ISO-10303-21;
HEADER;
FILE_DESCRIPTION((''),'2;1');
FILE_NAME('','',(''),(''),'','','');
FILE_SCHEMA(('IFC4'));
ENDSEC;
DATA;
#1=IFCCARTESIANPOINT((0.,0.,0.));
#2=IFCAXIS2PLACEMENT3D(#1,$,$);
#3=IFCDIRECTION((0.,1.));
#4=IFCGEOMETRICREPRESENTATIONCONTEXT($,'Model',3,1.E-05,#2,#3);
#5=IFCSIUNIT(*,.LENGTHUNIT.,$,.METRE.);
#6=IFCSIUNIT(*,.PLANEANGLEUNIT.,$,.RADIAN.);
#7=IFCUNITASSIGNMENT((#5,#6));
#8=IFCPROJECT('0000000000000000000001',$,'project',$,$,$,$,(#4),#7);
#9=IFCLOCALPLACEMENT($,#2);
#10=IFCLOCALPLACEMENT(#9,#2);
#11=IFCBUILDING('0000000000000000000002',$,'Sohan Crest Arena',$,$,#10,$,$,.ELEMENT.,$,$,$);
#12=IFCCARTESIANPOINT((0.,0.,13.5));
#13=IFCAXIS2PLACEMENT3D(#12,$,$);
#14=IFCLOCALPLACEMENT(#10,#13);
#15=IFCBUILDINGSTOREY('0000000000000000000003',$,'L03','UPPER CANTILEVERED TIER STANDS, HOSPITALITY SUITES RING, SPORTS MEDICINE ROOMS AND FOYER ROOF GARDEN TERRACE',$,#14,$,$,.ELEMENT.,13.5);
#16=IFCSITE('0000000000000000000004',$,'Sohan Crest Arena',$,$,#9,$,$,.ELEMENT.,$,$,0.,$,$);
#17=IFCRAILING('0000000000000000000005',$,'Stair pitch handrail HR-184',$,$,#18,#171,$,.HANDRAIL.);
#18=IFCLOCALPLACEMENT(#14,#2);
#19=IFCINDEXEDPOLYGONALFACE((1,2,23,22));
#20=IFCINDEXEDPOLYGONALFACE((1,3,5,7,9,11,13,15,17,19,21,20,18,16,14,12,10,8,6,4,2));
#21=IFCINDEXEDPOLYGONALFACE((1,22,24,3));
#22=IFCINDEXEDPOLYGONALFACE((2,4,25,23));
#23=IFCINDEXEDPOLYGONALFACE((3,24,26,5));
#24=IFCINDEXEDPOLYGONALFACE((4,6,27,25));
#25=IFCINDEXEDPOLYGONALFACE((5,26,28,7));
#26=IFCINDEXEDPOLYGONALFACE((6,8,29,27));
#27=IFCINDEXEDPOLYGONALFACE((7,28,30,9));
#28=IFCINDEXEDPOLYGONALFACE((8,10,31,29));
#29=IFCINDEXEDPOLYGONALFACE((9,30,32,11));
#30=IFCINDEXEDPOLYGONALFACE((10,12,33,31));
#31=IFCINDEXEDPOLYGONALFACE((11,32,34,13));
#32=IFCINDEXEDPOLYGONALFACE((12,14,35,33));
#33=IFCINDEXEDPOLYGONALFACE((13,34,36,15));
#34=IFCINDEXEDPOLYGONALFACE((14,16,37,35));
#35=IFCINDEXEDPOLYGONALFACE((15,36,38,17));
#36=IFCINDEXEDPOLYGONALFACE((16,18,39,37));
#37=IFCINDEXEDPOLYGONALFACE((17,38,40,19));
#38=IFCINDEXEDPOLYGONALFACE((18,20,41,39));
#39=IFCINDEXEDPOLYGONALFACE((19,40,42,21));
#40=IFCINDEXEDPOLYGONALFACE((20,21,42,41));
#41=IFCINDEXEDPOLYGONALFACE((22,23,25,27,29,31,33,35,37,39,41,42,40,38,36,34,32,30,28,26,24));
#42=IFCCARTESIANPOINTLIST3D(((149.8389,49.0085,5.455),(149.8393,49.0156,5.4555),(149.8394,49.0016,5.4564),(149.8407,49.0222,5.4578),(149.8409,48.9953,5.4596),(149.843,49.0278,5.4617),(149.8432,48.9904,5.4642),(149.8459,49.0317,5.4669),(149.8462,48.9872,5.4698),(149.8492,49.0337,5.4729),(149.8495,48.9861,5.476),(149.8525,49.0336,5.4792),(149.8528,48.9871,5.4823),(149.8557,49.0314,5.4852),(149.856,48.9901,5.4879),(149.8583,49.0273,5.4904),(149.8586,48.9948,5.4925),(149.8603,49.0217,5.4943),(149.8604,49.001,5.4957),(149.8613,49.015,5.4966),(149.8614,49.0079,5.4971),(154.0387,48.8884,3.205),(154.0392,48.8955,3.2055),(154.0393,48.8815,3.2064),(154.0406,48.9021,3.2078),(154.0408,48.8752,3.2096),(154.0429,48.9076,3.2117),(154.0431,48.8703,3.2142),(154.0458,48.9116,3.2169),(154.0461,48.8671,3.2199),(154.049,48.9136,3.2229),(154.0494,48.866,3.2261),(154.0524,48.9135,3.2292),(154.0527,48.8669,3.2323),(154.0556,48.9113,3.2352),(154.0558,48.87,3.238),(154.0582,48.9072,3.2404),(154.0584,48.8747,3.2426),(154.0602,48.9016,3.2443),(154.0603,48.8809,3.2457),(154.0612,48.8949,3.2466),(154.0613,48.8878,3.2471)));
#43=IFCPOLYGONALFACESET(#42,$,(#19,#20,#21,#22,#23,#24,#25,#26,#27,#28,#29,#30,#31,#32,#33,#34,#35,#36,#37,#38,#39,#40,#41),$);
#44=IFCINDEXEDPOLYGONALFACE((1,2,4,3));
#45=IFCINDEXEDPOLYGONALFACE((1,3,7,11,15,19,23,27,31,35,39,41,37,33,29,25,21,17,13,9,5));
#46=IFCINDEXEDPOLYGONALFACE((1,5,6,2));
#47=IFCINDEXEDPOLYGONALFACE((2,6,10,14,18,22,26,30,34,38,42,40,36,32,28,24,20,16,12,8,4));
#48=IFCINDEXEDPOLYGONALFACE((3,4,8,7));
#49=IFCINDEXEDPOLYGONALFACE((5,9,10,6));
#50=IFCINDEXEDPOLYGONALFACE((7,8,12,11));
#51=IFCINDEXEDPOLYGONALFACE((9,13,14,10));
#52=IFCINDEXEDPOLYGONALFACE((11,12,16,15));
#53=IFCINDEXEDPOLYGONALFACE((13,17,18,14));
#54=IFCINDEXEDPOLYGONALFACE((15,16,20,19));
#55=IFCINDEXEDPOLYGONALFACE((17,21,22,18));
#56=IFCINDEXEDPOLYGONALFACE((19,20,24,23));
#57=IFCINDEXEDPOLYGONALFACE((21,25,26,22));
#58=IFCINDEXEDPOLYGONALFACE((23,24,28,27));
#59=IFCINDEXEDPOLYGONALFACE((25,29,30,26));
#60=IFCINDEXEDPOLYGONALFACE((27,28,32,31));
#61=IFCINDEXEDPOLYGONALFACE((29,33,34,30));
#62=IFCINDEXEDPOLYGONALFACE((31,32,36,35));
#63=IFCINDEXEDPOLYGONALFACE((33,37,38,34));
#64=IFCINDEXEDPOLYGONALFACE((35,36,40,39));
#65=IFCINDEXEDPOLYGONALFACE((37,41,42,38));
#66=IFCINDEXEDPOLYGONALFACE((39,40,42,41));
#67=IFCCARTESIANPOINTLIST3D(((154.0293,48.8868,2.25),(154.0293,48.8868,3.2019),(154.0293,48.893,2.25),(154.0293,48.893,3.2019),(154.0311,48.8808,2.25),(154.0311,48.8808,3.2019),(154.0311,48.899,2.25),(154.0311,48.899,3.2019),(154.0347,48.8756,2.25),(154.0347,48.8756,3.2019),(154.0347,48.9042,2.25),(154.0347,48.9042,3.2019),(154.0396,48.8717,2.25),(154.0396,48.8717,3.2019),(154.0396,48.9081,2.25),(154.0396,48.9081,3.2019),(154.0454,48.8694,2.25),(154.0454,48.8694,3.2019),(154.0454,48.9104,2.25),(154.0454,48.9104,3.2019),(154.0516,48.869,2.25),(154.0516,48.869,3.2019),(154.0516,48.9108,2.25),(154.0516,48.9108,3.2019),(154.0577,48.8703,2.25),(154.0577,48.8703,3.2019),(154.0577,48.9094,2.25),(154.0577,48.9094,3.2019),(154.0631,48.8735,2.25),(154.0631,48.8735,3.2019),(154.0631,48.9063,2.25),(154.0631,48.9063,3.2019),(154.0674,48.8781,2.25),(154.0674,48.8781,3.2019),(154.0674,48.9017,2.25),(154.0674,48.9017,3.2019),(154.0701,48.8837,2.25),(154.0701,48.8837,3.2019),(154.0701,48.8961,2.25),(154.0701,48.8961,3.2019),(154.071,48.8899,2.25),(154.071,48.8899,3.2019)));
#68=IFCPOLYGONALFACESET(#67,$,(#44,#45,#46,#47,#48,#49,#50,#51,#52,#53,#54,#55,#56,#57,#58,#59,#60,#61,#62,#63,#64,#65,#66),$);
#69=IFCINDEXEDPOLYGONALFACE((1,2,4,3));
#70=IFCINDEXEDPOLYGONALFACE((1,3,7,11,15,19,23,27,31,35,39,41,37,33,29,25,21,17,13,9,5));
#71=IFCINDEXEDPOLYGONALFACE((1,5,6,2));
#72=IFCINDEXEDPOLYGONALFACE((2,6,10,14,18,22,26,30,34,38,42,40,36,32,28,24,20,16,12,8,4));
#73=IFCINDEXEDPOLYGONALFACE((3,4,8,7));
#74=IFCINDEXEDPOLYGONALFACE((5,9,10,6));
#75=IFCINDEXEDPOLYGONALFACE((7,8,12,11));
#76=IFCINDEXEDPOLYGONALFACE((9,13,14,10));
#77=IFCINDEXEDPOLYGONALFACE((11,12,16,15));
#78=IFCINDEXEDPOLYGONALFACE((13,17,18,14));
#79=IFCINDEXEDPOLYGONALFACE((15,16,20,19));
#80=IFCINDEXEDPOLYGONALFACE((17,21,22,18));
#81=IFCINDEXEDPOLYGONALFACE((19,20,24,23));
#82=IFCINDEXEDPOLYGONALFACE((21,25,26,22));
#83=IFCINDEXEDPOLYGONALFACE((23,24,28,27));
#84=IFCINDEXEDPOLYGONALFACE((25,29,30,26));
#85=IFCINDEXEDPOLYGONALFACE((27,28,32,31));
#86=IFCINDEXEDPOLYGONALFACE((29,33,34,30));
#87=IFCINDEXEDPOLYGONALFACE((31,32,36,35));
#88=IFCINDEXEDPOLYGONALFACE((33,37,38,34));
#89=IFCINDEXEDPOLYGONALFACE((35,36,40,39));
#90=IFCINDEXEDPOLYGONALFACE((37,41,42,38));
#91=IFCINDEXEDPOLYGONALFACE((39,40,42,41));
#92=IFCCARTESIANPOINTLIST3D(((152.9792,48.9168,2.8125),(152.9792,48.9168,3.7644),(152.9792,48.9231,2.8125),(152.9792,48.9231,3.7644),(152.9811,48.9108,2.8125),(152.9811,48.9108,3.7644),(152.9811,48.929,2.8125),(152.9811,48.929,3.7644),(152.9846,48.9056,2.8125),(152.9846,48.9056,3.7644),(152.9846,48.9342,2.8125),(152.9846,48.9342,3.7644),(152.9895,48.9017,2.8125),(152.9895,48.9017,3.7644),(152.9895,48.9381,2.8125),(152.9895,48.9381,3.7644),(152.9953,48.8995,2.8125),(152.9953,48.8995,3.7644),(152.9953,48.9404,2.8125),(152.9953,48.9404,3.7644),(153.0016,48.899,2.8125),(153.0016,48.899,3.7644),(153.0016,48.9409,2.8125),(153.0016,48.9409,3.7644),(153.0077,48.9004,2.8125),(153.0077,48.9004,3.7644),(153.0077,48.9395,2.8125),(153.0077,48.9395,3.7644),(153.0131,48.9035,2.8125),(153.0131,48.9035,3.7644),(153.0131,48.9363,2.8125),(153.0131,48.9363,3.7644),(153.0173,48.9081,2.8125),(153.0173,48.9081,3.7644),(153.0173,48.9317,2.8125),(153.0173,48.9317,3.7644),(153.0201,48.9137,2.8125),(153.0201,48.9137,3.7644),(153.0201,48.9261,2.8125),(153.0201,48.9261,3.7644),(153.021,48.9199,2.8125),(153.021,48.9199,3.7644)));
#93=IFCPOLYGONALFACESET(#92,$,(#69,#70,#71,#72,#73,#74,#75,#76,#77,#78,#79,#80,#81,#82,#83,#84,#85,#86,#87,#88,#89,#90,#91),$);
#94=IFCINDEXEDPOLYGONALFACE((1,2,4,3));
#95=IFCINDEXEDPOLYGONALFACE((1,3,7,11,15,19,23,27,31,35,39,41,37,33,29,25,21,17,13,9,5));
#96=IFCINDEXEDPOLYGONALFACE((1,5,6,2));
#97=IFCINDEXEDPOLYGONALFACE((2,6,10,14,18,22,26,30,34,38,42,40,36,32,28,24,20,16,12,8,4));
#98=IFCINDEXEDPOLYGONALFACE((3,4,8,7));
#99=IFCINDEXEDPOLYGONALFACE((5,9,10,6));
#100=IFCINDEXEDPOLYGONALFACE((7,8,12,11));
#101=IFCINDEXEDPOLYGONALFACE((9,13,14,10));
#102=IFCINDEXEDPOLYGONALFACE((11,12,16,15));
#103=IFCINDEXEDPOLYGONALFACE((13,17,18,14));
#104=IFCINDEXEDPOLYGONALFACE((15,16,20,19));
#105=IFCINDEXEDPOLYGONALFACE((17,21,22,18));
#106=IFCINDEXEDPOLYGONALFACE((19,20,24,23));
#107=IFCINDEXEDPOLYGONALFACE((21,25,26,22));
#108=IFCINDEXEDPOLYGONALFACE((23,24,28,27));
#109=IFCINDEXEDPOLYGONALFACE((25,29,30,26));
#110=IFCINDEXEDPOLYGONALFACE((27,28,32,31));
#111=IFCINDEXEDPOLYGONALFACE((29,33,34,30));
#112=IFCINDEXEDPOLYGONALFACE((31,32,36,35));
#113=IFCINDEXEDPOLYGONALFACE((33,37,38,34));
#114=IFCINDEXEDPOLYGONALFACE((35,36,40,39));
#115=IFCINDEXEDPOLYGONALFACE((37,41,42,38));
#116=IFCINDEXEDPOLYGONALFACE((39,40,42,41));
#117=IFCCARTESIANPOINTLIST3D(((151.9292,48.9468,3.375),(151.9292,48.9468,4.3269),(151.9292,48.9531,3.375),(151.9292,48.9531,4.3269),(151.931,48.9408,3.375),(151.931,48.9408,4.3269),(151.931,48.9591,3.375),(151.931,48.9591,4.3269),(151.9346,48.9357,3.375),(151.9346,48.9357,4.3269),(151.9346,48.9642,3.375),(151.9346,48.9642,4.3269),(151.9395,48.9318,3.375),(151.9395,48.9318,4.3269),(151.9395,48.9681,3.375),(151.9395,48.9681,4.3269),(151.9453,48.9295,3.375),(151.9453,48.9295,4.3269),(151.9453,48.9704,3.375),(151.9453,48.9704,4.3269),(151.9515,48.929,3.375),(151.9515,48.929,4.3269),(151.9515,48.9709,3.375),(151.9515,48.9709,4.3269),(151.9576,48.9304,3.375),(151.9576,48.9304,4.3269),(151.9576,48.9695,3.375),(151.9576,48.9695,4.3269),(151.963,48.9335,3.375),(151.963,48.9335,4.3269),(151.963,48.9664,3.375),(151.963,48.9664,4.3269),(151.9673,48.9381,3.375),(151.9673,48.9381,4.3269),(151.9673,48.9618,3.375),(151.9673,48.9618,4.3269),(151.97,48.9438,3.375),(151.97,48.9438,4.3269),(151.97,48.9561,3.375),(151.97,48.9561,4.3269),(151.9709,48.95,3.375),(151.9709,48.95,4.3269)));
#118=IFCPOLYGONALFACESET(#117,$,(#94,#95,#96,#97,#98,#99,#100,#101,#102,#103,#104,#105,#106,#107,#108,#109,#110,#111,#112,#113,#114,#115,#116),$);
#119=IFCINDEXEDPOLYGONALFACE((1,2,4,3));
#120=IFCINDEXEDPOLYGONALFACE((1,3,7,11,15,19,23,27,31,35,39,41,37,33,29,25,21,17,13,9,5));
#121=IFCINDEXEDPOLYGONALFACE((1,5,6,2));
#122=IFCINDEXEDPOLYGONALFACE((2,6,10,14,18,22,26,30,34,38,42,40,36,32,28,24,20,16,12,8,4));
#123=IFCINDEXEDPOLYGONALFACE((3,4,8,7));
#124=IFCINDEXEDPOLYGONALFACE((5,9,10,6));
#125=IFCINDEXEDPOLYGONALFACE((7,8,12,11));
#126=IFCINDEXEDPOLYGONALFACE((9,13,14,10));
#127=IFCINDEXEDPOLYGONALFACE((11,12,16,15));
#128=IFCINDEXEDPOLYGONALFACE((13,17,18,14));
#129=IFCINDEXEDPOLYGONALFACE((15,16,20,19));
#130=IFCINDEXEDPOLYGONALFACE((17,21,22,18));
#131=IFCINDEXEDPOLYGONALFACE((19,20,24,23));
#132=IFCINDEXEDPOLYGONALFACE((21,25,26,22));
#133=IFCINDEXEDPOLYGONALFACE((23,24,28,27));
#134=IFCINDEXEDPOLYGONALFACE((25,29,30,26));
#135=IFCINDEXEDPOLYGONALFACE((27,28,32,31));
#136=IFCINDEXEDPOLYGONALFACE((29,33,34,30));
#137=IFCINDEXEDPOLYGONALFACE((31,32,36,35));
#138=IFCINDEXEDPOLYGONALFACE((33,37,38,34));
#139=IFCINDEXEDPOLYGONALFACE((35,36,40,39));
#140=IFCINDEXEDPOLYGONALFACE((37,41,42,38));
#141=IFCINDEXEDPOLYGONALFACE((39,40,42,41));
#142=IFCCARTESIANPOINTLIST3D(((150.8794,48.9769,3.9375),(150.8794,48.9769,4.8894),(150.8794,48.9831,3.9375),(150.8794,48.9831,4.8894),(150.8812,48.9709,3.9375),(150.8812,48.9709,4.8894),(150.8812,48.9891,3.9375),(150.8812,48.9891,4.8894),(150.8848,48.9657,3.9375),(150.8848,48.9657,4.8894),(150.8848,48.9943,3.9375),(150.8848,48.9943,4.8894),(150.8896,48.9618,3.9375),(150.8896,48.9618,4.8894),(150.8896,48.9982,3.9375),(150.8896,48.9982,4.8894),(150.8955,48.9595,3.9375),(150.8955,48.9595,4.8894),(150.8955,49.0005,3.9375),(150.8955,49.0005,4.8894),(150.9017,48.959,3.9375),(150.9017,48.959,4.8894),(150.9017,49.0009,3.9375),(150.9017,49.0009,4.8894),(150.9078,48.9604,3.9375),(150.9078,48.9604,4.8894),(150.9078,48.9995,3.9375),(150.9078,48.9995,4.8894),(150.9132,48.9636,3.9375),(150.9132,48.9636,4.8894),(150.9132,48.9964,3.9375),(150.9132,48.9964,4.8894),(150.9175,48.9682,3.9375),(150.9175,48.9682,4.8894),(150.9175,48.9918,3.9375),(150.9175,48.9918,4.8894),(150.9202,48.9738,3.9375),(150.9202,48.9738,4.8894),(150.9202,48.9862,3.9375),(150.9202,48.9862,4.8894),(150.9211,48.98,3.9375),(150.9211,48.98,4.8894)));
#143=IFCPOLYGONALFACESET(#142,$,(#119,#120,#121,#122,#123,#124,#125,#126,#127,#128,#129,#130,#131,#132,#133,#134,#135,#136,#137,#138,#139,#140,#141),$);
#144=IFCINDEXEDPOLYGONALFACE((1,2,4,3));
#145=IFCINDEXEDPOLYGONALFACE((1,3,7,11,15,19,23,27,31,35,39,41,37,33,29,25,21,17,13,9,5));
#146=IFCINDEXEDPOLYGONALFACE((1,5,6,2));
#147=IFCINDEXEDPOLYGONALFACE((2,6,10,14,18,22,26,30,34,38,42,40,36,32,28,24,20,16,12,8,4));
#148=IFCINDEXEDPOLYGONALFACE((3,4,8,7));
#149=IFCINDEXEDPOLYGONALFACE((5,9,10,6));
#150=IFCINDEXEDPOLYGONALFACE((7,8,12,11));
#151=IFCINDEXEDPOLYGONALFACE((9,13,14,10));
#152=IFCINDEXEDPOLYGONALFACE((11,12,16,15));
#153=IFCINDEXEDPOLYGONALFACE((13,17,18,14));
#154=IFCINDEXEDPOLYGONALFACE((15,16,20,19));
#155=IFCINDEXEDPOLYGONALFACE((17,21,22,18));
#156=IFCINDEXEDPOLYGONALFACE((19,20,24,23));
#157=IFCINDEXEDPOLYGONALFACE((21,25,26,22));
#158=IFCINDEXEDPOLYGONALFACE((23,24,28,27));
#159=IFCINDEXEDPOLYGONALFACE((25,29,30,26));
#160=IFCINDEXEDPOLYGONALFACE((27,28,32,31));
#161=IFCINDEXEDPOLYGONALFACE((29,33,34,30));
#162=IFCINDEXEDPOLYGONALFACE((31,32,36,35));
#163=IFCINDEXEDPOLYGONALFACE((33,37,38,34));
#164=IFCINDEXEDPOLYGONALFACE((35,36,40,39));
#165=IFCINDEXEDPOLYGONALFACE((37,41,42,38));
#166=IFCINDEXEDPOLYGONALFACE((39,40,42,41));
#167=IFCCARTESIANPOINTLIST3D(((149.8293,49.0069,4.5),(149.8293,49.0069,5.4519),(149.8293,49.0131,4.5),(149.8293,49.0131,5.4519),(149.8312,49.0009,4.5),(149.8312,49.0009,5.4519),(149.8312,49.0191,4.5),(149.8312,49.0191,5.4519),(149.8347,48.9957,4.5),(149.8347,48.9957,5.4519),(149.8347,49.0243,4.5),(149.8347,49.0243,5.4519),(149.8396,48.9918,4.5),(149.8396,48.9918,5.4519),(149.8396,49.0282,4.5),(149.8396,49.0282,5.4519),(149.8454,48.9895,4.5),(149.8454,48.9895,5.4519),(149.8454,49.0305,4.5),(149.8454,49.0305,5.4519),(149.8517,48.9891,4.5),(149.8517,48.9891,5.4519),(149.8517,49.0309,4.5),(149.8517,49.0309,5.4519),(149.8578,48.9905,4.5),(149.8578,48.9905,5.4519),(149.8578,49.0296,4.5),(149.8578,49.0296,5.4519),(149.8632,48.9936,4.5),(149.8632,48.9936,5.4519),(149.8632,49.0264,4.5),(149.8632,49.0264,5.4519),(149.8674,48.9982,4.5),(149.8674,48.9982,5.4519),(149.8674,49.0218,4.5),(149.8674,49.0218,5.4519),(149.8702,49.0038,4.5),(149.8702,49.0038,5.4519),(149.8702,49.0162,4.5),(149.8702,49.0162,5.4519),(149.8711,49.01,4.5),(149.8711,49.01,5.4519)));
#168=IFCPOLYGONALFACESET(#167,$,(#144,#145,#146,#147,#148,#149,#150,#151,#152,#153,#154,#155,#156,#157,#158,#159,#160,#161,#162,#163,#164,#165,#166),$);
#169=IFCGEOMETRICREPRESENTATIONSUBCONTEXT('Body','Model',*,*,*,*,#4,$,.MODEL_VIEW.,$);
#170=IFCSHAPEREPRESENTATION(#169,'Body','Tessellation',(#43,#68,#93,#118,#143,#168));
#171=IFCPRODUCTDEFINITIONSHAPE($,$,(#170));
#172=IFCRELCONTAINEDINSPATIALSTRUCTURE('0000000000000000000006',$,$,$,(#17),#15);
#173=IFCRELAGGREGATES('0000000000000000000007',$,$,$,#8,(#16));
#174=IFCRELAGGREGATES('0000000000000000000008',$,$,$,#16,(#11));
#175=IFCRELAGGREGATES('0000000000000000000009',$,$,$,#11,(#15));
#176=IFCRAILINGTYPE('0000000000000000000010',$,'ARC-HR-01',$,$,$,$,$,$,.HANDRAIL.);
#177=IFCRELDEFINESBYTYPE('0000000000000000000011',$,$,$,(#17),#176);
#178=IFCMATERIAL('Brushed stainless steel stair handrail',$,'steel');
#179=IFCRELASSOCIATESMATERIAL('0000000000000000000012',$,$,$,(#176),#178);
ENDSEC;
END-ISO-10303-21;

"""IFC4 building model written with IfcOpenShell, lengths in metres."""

from ifc_helpers import new_model, si_unit, direction, frame, origin, origin_2d, place, context, subcontext, project, spatial, circle, extrude, material, type_object, element, save


model = new_model("IFC4")

# Units and contexts
model_context = context("Model", 3, precision=1e-05, world=origin(), true_north=direction((0.0, 1.0)))
body_context = subcontext(model_context, "Body", "Model", "MODEL_VIEW")
ifc_project = project(units=[si_unit("LENGTHUNIT", "METRE"), si_unit("PLANEANGLEUNIT", "RADIAN")], contexts=[model_context])

# Site, building, storey
site_placement = place(None, origin())
site = spatial("IfcSite", under=ifc_project, at=site_placement, Name="Sohan Crest Arena", CompositionType="ELEMENT", RefElevation=0.0)
building_placement = place(site_placement, origin())
building = spatial("IfcBuilding", under=site, at=building_placement, Name="Sohan Crest Arena", CompositionType="ELEMENT")
storey_placement = place(building_placement, frame((0.0, 0.0, 13.5)))
storey = spatial("IfcBuildingStorey", under=building, at=storey_placement, Name="L03", Description="UPPER CANTILEVERED TIER STANDS, HOSPITALITY SUITES RING, SPORTS MEDICINE ROOMS AND FOYER ROOF GARDEN TERRACE", CompositionType="ELEMENT", Elevation=13.5)

# Railing
ifc_material_1 = material(Name="Brushed stainless steel stair handrail", Category="steel")
railing_type_1 = type_object("IfcRailingType", Name="ARC-HR-01", PredefinedType="HANDRAIL", material=ifc_material_1)
railing_1_placement = place(storey_placement, frame((154.05, 48.8899, 2.25)))
element("IfcRailing", 1, at=railing_1_placement, inside=storey, type_object=railing_type_1, Name="Stair pitch handrail HR-184", PredefinedType="HANDRAIL", context=body_context, shape_type="SweptSolid", body=[
    extrude(circle(Radius=0.0239, at=origin_2d()), frame((0.0, 0.0, 0.9761), z_axis=(-0.881198, 0.025202, 0.472076), x_axis=(-0.028588, -0.999591, 0.0)), (0.0, 0.0, 1.0), 4.7661),
    extrude(circle(Radius=0.021, at=origin_2d()), origin(), (0.0, 0.0, 1.0), 0.9519),
    extrude(circle(Radius=0.021, at=origin_2d()), frame((-1.05, 0.03, 0.5625)), (0.0, 0.0, 1.0), 0.9519),
    extrude(circle(Radius=0.021, at=origin_2d()), frame((-2.1001, 0.0601, 1.125)), (0.0, 0.0, 1.0), 0.9519),
    extrude(circle(Radius=0.021, at=origin_2d()), frame((-3.1499, 0.0901, 1.6875)), (0.0, 0.0, 1.0), 0.9519),
    extrude(circle(Radius=0.021, at=origin_2d()), frame((-4.2, 0.1201, 2.25)), (0.0, 0.0, 1.0), 0.9519),
])

save(model, "model.ifc")
